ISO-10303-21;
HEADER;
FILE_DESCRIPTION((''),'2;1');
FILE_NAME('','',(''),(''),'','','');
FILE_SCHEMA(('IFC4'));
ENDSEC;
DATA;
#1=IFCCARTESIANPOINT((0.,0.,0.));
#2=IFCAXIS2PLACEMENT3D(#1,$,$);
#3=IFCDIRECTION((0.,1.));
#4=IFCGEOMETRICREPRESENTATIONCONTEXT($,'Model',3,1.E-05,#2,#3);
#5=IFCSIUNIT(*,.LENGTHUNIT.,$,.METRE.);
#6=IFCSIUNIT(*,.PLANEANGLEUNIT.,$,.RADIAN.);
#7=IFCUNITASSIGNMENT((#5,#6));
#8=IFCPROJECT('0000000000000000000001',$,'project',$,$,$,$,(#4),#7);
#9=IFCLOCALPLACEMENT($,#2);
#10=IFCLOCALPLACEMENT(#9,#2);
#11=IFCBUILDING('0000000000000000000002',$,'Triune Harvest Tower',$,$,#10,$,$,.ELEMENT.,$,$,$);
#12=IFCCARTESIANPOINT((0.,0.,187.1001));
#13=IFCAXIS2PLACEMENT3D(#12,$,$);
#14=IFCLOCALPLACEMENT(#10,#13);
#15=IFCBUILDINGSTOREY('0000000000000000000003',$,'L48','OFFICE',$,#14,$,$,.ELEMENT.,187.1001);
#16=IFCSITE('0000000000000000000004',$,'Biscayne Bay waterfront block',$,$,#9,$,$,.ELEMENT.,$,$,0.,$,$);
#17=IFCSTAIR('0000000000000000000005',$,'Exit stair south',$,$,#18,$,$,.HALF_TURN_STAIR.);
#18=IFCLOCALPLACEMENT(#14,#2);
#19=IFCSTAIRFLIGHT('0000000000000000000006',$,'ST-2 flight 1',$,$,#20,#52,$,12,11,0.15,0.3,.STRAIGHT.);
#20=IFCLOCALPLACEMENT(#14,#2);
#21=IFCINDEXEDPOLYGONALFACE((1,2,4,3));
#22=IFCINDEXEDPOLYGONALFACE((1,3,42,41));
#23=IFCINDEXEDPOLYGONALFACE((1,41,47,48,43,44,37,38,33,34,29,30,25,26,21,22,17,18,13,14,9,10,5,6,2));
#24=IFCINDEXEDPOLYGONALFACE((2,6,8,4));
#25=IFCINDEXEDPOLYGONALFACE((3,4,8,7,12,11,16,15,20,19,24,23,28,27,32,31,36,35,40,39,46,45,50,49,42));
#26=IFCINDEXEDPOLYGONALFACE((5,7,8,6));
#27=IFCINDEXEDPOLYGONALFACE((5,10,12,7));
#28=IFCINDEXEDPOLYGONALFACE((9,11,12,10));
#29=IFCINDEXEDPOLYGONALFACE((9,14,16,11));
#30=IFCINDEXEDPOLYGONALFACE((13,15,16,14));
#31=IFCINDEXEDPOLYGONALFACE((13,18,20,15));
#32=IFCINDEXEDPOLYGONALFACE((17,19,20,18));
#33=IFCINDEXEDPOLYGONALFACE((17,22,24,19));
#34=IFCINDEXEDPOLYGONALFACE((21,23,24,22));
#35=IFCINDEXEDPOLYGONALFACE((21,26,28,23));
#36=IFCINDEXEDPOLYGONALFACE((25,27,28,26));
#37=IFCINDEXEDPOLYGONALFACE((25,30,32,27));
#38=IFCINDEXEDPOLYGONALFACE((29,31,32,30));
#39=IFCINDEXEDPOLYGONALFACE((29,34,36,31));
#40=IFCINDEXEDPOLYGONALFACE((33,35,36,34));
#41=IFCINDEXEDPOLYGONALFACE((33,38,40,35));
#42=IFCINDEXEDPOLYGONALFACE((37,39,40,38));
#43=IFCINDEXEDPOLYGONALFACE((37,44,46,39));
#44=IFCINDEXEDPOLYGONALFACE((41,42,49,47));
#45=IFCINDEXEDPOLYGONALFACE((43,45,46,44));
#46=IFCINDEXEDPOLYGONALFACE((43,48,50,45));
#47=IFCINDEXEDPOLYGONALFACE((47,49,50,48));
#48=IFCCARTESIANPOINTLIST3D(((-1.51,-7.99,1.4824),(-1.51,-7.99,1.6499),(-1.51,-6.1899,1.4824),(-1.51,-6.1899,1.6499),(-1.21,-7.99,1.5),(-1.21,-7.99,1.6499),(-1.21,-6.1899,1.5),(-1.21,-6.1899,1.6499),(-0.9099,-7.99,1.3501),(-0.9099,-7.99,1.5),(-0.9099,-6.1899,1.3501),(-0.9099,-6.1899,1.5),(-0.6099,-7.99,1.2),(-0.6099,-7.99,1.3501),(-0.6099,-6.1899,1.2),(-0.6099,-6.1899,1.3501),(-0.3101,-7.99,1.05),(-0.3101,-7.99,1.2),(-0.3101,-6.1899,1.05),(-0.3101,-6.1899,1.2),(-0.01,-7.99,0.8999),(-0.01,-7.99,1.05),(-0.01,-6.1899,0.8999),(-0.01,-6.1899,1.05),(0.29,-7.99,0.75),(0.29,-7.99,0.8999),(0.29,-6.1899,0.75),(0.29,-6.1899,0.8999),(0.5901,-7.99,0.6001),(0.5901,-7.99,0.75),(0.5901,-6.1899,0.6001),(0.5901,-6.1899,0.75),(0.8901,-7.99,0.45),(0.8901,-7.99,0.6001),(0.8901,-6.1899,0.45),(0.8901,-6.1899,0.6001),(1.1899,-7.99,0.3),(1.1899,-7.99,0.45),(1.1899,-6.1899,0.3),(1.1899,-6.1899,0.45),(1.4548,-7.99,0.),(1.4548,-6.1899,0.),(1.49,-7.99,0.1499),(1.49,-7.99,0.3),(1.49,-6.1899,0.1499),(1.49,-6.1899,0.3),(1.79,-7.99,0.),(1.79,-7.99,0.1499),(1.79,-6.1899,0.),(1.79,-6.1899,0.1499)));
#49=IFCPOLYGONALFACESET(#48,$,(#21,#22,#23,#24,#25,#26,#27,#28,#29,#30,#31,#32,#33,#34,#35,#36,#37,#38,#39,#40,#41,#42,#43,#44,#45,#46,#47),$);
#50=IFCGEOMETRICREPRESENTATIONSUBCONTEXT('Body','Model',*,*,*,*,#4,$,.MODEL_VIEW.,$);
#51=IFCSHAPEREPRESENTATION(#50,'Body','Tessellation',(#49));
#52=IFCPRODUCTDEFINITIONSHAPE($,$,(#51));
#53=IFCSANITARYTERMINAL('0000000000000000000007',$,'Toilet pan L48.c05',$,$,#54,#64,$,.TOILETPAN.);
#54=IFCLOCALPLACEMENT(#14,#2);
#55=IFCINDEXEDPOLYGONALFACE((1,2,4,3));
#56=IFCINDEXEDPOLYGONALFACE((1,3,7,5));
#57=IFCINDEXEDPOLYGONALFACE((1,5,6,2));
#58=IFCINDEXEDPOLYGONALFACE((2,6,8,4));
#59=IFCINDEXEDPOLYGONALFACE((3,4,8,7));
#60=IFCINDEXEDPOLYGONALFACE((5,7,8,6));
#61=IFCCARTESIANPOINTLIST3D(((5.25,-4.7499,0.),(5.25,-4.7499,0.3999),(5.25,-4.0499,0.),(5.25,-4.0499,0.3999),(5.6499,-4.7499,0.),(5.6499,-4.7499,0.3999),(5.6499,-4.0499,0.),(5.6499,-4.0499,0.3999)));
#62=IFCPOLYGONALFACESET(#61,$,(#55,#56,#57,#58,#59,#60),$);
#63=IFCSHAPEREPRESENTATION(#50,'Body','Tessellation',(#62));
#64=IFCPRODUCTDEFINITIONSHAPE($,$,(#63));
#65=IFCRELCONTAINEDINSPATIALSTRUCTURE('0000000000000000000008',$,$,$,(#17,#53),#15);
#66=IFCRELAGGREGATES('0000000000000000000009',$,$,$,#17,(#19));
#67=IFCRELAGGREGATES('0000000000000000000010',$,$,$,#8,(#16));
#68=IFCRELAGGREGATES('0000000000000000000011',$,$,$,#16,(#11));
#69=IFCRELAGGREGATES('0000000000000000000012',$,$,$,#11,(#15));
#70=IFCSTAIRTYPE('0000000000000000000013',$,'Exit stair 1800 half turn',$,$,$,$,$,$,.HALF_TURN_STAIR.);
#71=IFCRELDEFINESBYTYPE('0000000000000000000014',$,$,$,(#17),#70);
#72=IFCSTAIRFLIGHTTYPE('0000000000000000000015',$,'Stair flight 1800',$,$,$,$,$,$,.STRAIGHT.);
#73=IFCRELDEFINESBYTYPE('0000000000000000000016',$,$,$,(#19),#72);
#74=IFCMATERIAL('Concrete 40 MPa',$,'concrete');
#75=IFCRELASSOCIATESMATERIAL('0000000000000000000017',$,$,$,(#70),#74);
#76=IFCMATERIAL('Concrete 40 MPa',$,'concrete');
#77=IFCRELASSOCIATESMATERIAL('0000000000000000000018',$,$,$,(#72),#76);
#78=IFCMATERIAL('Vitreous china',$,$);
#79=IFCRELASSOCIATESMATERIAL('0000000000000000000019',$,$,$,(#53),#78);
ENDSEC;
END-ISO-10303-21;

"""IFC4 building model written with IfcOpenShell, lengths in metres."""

from ifc_helpers import new_model, si_unit, direction, frame, origin, origin_2d, place, context, subcontext, project, spatial, polyline, rectangle, outline, extrude, source, transform, mapped, material, type_object, element, aggregate, save


model = new_model("IFC4")

# Units and contexts
model_context = context("Model", 3, precision=1e-05, world=origin(), true_north=direction((0.0, 1.0)))
body_context = subcontext(model_context, "Body", "Model", "MODEL_VIEW")
ifc_project = project(units=[si_unit("LENGTHUNIT", "METRE"), si_unit("PLANEANGLEUNIT", "RADIAN")], contexts=[model_context])

# Site, building, storey
site_placement = place(None, origin())
site = spatial("IfcSite", under=ifc_project, at=site_placement, Name="Biscayne Bay waterfront block", CompositionType="ELEMENT", RefElevation=0.0)
building_placement = place(site_placement, origin())
building = spatial("IfcBuilding", under=site, at=building_placement, Name="Triune Harvest Tower", CompositionType="ELEMENT")
storey_placement = place(building_placement, frame((0.0, 0.0, 187.1001)))
storey = spatial("IfcBuildingStorey", under=building, at=storey_placement, Name="L48", Description="OFFICE", CompositionType="ELEMENT", Elevation=187.1001)

# Stair, stair flight
ifc_material_1 = material(Name="Concrete 40 MPa", Category="concrete")
stair_type = type_object("IfcStairType", Name="Exit stair 1800 half turn", PredefinedType="HALF_TURN_STAIR", material=ifc_material_1)
stair_placement = place(storey_placement, origin())
stair = element("IfcStair", 1, at=stair_placement, inside=storey, type_object=stair_type, Name="Exit stair south", PredefinedType="HALF_TURN_STAIR")
ifc_material_2 = material(Name="Concrete 40 MPa", Category="concrete")
stair_flight_type = type_object("IfcStairFlightType", Name="Stair flight 1800", PredefinedType="STRAIGHT", material=ifc_material_2)
shared_shape_1 = source(origin(), body_context, "Body", "SweptSolid", [
    extrude(outline(polyline([(0.0, 0.0), (0.0, 0.1499), (0.3, 0.1499), (0.3, 0.3), (0.6001, 0.3), (0.6001, 0.45), (0.8999, 0.45), (0.8999, 0.6001), (1.2, 0.6001), (1.2, 0.75), (1.5, 0.75), (1.5, 0.8999), (1.8, 0.8999), (1.8, 1.05), (2.1001, 1.05), (2.1001, 1.2), (2.3999, 1.2), (2.3999, 1.3501), (2.7, 1.3501), (2.7, 1.5), (3.0, 1.5), (3.0, 1.6499), (3.3, 1.6499), (3.3, 1.8), (3.3, 1.4824), (0.3352, 0.0), (0.0, 0.0)])), frame((0.0, 0.8999, 0.0), z_axis=(0.0, -1.0, 0.0), x_axis=(1.0, 0.0, 0.0)), (0.0, 0.0, 1.0), 1.8),
])
stair_flight_placement = place(storey_placement, frame((1.79, -7.0901, 0.0), z_axis=(0.0, 0.0, 1.0), x_axis=(-1.0, 0.0, 0.0)))
stair_flight = element("IfcStairFlight", 2, at=stair_flight_placement, type_object=stair_flight_type, Name="ST-2 flight 1", NumberOfRisers=12, NumberOfTreads=11, PredefinedType="STRAIGHT", RiserHeight=0.15, TreadLength=0.3, context=body_context, shape_type="MappedRepresentation", body=[
    mapped(shared_shape_1, transform((0.0, 0.0, 0.0), scale=1.0)),
])
aggregate(stair, [stair_flight])

# Sanitary terminal
ifc_material_3 = material(Name="Vitreous china")
shared_shape_2 = source(origin(), body_context, "Body", "SweptSolid", [
    extrude(rectangle(XDim=0.3999, YDim=0.7, at=origin_2d()), origin(), (0.0, 0.0, 1.0), 0.3999),
])
sanitary_terminal_placement = place(storey_placement, frame((5.45, -4.3999, 0.0), z_axis=(0.0, 0.0, 1.0), x_axis=(1.0, 0.0, 0.0)))
element("IfcSanitaryTerminal", 3, at=sanitary_terminal_placement, inside=storey, material=ifc_material_3, Name="Toilet pan L48.c05", PredefinedType="TOILETPAN", context=body_context, shape_type="MappedRepresentation", body=[
    mapped(shared_shape_2, transform((0.0, 0.0, 0.0), scale=1.0)),
])

save(model, "model.ifc")
